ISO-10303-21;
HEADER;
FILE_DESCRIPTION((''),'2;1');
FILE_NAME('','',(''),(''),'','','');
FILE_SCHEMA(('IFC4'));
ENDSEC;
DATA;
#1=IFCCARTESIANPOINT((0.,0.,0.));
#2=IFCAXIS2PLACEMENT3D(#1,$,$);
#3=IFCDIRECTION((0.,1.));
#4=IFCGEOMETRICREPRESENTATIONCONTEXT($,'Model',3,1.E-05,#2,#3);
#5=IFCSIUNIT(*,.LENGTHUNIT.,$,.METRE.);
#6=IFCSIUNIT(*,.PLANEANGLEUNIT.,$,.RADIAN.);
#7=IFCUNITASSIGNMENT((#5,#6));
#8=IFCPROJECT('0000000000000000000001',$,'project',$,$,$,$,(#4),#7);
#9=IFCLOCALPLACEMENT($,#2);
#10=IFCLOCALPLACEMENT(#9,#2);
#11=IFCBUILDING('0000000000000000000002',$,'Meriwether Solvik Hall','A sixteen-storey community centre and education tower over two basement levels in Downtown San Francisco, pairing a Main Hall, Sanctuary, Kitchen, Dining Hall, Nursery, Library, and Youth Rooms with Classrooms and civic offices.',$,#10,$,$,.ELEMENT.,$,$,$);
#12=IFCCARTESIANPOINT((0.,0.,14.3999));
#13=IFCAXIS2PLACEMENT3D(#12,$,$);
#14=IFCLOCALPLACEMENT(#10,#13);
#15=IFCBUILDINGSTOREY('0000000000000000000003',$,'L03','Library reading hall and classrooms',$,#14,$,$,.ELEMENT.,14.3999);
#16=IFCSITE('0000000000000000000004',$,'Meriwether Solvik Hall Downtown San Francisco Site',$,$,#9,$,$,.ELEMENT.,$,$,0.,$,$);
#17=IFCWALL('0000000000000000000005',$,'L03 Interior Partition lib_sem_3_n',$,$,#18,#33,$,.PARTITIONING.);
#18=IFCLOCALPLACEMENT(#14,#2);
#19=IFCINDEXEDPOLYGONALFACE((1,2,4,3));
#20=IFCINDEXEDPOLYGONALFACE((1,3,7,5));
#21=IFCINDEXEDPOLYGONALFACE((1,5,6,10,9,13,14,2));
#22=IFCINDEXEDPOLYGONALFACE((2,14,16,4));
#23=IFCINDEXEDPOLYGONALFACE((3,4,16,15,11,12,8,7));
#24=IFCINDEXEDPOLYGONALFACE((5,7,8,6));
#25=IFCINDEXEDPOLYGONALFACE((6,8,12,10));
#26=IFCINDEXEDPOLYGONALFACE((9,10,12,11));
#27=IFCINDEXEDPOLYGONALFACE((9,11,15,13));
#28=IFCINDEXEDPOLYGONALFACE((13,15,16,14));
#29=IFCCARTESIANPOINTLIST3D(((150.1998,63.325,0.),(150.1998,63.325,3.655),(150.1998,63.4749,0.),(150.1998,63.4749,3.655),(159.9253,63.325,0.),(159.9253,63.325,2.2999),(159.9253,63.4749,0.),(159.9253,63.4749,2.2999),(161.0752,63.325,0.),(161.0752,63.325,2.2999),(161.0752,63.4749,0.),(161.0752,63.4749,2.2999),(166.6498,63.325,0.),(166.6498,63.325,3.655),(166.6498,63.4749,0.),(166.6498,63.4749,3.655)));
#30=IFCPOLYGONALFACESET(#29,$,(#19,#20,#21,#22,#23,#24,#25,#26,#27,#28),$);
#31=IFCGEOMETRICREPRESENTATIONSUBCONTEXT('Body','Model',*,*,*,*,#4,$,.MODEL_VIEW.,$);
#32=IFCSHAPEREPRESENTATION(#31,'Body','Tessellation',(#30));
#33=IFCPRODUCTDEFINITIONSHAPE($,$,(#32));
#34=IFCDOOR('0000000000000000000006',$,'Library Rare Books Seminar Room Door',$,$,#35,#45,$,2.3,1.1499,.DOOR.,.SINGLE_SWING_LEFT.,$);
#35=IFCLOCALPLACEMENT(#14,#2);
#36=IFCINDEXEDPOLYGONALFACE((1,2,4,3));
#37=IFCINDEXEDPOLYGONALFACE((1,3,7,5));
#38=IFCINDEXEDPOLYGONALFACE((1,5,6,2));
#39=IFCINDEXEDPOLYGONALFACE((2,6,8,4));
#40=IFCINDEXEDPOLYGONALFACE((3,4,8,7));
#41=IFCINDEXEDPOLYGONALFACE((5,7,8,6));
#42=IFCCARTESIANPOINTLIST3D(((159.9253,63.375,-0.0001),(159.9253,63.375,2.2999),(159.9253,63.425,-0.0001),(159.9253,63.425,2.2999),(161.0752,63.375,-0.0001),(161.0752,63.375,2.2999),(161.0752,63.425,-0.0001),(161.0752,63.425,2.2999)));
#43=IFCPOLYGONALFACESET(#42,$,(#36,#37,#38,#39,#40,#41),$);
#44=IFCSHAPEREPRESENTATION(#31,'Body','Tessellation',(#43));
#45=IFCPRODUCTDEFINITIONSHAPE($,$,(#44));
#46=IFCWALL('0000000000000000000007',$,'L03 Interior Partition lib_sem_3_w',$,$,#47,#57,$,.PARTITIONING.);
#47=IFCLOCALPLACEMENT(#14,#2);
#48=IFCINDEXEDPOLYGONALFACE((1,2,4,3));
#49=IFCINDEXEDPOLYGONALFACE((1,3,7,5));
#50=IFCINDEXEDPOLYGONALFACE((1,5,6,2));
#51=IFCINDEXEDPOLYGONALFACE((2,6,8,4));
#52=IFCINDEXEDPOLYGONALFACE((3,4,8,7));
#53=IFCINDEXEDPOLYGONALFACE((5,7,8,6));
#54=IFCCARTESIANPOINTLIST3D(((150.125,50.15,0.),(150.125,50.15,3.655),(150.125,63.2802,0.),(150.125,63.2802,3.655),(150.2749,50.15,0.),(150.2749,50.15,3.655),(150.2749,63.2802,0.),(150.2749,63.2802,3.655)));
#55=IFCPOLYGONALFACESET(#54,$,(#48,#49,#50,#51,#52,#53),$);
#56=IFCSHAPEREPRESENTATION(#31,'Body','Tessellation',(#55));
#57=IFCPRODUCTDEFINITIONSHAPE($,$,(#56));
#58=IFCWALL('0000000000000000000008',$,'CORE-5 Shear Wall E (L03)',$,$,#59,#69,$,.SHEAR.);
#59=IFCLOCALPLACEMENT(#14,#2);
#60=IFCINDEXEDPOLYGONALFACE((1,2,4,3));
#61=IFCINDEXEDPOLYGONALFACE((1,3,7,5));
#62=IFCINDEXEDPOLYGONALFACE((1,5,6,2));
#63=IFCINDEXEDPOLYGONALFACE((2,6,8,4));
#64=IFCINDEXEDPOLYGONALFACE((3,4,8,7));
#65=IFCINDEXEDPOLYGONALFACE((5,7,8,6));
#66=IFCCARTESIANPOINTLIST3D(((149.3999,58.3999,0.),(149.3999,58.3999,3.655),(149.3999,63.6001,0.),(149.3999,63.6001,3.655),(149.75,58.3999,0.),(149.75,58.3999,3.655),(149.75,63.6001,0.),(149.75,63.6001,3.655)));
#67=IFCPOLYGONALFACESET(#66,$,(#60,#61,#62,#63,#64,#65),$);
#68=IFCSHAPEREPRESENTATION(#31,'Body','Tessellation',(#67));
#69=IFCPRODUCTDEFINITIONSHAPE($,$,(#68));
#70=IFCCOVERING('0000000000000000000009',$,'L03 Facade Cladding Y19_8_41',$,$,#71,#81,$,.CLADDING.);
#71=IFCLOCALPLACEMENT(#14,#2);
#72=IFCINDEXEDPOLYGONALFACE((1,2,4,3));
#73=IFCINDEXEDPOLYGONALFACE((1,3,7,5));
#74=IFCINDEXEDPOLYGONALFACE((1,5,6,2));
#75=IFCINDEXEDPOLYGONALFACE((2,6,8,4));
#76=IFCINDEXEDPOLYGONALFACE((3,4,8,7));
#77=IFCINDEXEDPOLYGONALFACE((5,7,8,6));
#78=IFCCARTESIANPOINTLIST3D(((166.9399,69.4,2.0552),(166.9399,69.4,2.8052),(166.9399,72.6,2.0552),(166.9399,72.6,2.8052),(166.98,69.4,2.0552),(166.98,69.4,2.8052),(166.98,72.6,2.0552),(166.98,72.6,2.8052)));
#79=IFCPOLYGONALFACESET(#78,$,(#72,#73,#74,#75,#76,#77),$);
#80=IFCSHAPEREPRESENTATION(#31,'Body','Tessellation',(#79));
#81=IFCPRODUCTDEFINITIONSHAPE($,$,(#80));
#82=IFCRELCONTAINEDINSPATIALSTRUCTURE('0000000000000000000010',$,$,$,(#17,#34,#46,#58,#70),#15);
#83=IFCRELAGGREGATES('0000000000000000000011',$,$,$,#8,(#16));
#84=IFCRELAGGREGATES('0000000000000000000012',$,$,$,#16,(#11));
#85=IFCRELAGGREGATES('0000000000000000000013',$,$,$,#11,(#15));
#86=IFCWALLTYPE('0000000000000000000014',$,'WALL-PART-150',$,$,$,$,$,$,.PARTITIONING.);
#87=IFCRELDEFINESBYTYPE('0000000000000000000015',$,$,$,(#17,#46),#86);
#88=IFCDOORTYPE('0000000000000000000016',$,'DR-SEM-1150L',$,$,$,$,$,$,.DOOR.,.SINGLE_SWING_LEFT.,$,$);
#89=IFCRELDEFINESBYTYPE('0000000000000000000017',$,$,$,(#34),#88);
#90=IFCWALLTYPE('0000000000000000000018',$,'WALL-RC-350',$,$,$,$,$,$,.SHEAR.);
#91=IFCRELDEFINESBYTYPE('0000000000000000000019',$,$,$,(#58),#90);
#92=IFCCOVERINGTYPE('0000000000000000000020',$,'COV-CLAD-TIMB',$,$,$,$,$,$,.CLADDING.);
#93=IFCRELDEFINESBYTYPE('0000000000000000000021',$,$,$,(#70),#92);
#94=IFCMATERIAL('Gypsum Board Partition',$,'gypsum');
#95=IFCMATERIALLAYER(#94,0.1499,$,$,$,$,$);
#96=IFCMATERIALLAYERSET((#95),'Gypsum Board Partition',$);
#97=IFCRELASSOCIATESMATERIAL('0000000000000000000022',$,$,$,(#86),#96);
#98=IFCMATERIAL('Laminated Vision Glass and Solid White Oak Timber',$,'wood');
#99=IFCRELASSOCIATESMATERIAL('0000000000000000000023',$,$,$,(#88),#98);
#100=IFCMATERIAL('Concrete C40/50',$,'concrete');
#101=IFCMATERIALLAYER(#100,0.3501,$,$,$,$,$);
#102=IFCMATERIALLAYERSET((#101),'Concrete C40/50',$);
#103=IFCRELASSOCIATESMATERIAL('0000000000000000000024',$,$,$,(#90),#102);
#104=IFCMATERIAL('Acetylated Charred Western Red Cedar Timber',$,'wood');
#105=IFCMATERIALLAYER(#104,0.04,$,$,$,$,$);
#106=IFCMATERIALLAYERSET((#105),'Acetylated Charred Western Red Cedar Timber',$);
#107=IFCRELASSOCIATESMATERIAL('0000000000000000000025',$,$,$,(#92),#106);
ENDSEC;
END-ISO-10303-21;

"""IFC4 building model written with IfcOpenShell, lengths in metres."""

from ifc_helpers import new_model, si_unit, direction, frame, frame_2d, origin, origin_2d, place, context, subcontext, project, spatial, rectangle, extrude, material, layer, layer_set, type_object, element, fill, save


model = new_model("IFC4")

# Units and contexts
model_context = context("Model", 3, precision=1e-05, world=origin(), true_north=direction((0.0, 1.0)))
body_context = subcontext(model_context, "Body", "Model", "MODEL_VIEW")
ifc_project = project(units=[si_unit("LENGTHUNIT", "METRE"), si_unit("PLANEANGLEUNIT", "RADIAN")], contexts=[model_context])

# Site, building, storey
site_placement = place(None, origin())
site = spatial("IfcSite", under=ifc_project, at=site_placement, Name="Meriwether Solvik Hall Downtown San Francisco Site", CompositionType="ELEMENT", RefElevation=0.0)
building_placement = place(site_placement, origin())
building = spatial("IfcBuilding", under=site, at=building_placement, Name="Meriwether Solvik Hall", Description="A sixteen-storey community centre and education tower over two basement levels in Downtown San Francisco, pairing a Main Hall, Sanctuary, Kitchen, Dining Hall, Nursery, Library, and Youth Rooms with Classrooms and civic offices.", CompositionType="ELEMENT")
storey_placement = place(building_placement, frame((0.0, 0.0, 14.3999)))
storey = spatial("IfcBuildingStorey", under=building, at=storey_placement, Name="L03", Description="Library reading hall and classrooms", CompositionType="ELEMENT", Elevation=14.3999)

# Wall, opening, door
ifc_material_1 = material(Name="Gypsum Board Partition", Category="gypsum")
ifc_layer_1 = layer(ifc_material_1, 0.1499)
ifc_layer_set_1 = layer_set([ifc_layer_1], Name="Gypsum Board Partition")
wall_type_1 = type_object("IfcWallType", Name="WALL-PART-150", PredefinedType="PARTITIONING", material=ifc_layer_set_1)
wall_1_placement = place(storey_placement, frame((166.6499, 63.3999, 0.0), z_axis=(0.0, 0.0, 1.0), x_axis=(-1.0, 0.0, 0.0)))
wall_1 = element("IfcWall", 1, at=wall_1_placement, inside=storey, type_object=wall_type_1, Name="L03 Interior Partition lib_sem_3_n", PredefinedType="PARTITIONING", context=body_context, shape_type="SweptSolid", body=[
    extrude(rectangle(XDim=16.45, YDim=0.1499, at=frame_2d((8.2251, 0.0))), origin(), (0.0, 0.0, 1.0), 3.655),
])
opening_placement = place(wall_1_placement, frame((5.5747, 0.0, 0.0)))
opening = element("IfcOpeningElement", 2, at=opening_placement, cuts=wall_1, PredefinedType="OPENING", context=body_context, shape_type="SweptSolid", body=[
    extrude(rectangle(XDim=1.1499, YDim=2.3, at=frame_2d((0.575, 1.1499))), frame((0.0, 0.0869, 0.0), z_axis=(0.0, -1.0, 0.0), x_axis=(1.0, 0.0, 0.0)), (0.0, 0.0, 1.0), 0.1738),
])
ifc_material_2 = material(Name="Laminated Vision Glass and Solid White Oak Timber", Category="wood")
door_type = type_object("IfcDoorType", Name="DR-SEM-1150L", OperationType="SINGLE_SWING_LEFT", PredefinedType="DOOR", material=ifc_material_2)
door_placement = place(opening_placement, origin())
door = element("IfcDoor", 3, at=door_placement, inside=storey, type_object=door_type, Name="Library Rare Books Seminar Room Door", OperationType="SINGLE_SWING_LEFT", OverallHeight=2.3, OverallWidth=1.1499, PredefinedType="DOOR", context=body_context, shape_type="SweptSolid", body=[
    extrude(rectangle(XDim=1.1499, YDim=2.3, at=frame_2d((0.575, 1.1499))), frame((0.0, 0.0249, 0.0), z_axis=(0.0, -1.0, 0.0), x_axis=(1.0, 0.0, 0.0)), (0.0, 0.0, 1.0), 0.05),
])
fill(opening, door)

# Walls
wall_2_placement = place(storey_placement, frame((150.2, 63.28, 0.0), z_axis=(0.0, 0.0, 1.0), x_axis=(0.0, -1.0, 0.0)))
element("IfcWall", 4, at=wall_2_placement, inside=storey, type_object=wall_type_1, Name="L03 Interior Partition lib_sem_3_w", PredefinedType="PARTITIONING", context=body_context, shape_type="SweptSolid", body=[
    extrude(rectangle(XDim=13.1301, YDim=0.1499, at=frame_2d((6.5649, 0.0))), origin(), (0.0, 0.0, 1.0), 3.655),
])
ifc_material_3 = material(Name="Concrete C40/50", Category="concrete")
ifc_layer_2 = layer(ifc_material_3, 0.3501)
ifc_layer_set_2 = layer_set([ifc_layer_2], Name="Concrete C40/50")
wall_type_2 = type_object("IfcWallType", Name="WALL-RC-350", PredefinedType="SHEAR", material=ifc_layer_set_2)
wall_3_placement = place(storey_placement, frame((149.575, 58.3999, 0.0), z_axis=(0.0, 0.0, 1.0), x_axis=(0.0, 1.0, 0.0)))
element("IfcWall", 5, at=wall_3_placement, inside=storey, type_object=wall_type_2, Name="CORE-5 Shear Wall E (L03)", PredefinedType="SHEAR", context=body_context, shape_type="SweptSolid", body=[
    extrude(rectangle(XDim=5.2002, YDim=0.3501, at=frame_2d((2.6001, 0.0))), origin(), (0.0, 0.0, 1.0), 3.655),
])

# Covering
ifc_material_4 = material(Name="Acetylated Charred Western Red Cedar Timber", Category="wood")
ifc_layer_3 = layer(ifc_material_4, 0.04)
ifc_layer_set_3 = layer_set([ifc_layer_3], Name="Acetylated Charred Western Red Cedar Timber")
covering_type = type_object("IfcCoveringType", Name="COV-CLAD-TIMB", PredefinedType="CLADDING", material=ifc_layer_set_3)
covering_placement = place(storey_placement, frame((166.96, 71.0, 2.0552), z_axis=(0.0, 0.0, 1.0), x_axis=(0.0, -1.0, 0.0)))
element("IfcCovering", 6, at=covering_placement, inside=storey, type_object=covering_type, Name="L03 Facade Cladding Y19_8_41", PredefinedType="CLADDING", context=body_context, shape_type="SweptSolid", body=[
    extrude(rectangle(XDim=3.2, YDim=0.04, at=origin_2d()), origin(), (0.0, 0.0, 1.0), 0.75),
])

save(model, "model.ifc")
